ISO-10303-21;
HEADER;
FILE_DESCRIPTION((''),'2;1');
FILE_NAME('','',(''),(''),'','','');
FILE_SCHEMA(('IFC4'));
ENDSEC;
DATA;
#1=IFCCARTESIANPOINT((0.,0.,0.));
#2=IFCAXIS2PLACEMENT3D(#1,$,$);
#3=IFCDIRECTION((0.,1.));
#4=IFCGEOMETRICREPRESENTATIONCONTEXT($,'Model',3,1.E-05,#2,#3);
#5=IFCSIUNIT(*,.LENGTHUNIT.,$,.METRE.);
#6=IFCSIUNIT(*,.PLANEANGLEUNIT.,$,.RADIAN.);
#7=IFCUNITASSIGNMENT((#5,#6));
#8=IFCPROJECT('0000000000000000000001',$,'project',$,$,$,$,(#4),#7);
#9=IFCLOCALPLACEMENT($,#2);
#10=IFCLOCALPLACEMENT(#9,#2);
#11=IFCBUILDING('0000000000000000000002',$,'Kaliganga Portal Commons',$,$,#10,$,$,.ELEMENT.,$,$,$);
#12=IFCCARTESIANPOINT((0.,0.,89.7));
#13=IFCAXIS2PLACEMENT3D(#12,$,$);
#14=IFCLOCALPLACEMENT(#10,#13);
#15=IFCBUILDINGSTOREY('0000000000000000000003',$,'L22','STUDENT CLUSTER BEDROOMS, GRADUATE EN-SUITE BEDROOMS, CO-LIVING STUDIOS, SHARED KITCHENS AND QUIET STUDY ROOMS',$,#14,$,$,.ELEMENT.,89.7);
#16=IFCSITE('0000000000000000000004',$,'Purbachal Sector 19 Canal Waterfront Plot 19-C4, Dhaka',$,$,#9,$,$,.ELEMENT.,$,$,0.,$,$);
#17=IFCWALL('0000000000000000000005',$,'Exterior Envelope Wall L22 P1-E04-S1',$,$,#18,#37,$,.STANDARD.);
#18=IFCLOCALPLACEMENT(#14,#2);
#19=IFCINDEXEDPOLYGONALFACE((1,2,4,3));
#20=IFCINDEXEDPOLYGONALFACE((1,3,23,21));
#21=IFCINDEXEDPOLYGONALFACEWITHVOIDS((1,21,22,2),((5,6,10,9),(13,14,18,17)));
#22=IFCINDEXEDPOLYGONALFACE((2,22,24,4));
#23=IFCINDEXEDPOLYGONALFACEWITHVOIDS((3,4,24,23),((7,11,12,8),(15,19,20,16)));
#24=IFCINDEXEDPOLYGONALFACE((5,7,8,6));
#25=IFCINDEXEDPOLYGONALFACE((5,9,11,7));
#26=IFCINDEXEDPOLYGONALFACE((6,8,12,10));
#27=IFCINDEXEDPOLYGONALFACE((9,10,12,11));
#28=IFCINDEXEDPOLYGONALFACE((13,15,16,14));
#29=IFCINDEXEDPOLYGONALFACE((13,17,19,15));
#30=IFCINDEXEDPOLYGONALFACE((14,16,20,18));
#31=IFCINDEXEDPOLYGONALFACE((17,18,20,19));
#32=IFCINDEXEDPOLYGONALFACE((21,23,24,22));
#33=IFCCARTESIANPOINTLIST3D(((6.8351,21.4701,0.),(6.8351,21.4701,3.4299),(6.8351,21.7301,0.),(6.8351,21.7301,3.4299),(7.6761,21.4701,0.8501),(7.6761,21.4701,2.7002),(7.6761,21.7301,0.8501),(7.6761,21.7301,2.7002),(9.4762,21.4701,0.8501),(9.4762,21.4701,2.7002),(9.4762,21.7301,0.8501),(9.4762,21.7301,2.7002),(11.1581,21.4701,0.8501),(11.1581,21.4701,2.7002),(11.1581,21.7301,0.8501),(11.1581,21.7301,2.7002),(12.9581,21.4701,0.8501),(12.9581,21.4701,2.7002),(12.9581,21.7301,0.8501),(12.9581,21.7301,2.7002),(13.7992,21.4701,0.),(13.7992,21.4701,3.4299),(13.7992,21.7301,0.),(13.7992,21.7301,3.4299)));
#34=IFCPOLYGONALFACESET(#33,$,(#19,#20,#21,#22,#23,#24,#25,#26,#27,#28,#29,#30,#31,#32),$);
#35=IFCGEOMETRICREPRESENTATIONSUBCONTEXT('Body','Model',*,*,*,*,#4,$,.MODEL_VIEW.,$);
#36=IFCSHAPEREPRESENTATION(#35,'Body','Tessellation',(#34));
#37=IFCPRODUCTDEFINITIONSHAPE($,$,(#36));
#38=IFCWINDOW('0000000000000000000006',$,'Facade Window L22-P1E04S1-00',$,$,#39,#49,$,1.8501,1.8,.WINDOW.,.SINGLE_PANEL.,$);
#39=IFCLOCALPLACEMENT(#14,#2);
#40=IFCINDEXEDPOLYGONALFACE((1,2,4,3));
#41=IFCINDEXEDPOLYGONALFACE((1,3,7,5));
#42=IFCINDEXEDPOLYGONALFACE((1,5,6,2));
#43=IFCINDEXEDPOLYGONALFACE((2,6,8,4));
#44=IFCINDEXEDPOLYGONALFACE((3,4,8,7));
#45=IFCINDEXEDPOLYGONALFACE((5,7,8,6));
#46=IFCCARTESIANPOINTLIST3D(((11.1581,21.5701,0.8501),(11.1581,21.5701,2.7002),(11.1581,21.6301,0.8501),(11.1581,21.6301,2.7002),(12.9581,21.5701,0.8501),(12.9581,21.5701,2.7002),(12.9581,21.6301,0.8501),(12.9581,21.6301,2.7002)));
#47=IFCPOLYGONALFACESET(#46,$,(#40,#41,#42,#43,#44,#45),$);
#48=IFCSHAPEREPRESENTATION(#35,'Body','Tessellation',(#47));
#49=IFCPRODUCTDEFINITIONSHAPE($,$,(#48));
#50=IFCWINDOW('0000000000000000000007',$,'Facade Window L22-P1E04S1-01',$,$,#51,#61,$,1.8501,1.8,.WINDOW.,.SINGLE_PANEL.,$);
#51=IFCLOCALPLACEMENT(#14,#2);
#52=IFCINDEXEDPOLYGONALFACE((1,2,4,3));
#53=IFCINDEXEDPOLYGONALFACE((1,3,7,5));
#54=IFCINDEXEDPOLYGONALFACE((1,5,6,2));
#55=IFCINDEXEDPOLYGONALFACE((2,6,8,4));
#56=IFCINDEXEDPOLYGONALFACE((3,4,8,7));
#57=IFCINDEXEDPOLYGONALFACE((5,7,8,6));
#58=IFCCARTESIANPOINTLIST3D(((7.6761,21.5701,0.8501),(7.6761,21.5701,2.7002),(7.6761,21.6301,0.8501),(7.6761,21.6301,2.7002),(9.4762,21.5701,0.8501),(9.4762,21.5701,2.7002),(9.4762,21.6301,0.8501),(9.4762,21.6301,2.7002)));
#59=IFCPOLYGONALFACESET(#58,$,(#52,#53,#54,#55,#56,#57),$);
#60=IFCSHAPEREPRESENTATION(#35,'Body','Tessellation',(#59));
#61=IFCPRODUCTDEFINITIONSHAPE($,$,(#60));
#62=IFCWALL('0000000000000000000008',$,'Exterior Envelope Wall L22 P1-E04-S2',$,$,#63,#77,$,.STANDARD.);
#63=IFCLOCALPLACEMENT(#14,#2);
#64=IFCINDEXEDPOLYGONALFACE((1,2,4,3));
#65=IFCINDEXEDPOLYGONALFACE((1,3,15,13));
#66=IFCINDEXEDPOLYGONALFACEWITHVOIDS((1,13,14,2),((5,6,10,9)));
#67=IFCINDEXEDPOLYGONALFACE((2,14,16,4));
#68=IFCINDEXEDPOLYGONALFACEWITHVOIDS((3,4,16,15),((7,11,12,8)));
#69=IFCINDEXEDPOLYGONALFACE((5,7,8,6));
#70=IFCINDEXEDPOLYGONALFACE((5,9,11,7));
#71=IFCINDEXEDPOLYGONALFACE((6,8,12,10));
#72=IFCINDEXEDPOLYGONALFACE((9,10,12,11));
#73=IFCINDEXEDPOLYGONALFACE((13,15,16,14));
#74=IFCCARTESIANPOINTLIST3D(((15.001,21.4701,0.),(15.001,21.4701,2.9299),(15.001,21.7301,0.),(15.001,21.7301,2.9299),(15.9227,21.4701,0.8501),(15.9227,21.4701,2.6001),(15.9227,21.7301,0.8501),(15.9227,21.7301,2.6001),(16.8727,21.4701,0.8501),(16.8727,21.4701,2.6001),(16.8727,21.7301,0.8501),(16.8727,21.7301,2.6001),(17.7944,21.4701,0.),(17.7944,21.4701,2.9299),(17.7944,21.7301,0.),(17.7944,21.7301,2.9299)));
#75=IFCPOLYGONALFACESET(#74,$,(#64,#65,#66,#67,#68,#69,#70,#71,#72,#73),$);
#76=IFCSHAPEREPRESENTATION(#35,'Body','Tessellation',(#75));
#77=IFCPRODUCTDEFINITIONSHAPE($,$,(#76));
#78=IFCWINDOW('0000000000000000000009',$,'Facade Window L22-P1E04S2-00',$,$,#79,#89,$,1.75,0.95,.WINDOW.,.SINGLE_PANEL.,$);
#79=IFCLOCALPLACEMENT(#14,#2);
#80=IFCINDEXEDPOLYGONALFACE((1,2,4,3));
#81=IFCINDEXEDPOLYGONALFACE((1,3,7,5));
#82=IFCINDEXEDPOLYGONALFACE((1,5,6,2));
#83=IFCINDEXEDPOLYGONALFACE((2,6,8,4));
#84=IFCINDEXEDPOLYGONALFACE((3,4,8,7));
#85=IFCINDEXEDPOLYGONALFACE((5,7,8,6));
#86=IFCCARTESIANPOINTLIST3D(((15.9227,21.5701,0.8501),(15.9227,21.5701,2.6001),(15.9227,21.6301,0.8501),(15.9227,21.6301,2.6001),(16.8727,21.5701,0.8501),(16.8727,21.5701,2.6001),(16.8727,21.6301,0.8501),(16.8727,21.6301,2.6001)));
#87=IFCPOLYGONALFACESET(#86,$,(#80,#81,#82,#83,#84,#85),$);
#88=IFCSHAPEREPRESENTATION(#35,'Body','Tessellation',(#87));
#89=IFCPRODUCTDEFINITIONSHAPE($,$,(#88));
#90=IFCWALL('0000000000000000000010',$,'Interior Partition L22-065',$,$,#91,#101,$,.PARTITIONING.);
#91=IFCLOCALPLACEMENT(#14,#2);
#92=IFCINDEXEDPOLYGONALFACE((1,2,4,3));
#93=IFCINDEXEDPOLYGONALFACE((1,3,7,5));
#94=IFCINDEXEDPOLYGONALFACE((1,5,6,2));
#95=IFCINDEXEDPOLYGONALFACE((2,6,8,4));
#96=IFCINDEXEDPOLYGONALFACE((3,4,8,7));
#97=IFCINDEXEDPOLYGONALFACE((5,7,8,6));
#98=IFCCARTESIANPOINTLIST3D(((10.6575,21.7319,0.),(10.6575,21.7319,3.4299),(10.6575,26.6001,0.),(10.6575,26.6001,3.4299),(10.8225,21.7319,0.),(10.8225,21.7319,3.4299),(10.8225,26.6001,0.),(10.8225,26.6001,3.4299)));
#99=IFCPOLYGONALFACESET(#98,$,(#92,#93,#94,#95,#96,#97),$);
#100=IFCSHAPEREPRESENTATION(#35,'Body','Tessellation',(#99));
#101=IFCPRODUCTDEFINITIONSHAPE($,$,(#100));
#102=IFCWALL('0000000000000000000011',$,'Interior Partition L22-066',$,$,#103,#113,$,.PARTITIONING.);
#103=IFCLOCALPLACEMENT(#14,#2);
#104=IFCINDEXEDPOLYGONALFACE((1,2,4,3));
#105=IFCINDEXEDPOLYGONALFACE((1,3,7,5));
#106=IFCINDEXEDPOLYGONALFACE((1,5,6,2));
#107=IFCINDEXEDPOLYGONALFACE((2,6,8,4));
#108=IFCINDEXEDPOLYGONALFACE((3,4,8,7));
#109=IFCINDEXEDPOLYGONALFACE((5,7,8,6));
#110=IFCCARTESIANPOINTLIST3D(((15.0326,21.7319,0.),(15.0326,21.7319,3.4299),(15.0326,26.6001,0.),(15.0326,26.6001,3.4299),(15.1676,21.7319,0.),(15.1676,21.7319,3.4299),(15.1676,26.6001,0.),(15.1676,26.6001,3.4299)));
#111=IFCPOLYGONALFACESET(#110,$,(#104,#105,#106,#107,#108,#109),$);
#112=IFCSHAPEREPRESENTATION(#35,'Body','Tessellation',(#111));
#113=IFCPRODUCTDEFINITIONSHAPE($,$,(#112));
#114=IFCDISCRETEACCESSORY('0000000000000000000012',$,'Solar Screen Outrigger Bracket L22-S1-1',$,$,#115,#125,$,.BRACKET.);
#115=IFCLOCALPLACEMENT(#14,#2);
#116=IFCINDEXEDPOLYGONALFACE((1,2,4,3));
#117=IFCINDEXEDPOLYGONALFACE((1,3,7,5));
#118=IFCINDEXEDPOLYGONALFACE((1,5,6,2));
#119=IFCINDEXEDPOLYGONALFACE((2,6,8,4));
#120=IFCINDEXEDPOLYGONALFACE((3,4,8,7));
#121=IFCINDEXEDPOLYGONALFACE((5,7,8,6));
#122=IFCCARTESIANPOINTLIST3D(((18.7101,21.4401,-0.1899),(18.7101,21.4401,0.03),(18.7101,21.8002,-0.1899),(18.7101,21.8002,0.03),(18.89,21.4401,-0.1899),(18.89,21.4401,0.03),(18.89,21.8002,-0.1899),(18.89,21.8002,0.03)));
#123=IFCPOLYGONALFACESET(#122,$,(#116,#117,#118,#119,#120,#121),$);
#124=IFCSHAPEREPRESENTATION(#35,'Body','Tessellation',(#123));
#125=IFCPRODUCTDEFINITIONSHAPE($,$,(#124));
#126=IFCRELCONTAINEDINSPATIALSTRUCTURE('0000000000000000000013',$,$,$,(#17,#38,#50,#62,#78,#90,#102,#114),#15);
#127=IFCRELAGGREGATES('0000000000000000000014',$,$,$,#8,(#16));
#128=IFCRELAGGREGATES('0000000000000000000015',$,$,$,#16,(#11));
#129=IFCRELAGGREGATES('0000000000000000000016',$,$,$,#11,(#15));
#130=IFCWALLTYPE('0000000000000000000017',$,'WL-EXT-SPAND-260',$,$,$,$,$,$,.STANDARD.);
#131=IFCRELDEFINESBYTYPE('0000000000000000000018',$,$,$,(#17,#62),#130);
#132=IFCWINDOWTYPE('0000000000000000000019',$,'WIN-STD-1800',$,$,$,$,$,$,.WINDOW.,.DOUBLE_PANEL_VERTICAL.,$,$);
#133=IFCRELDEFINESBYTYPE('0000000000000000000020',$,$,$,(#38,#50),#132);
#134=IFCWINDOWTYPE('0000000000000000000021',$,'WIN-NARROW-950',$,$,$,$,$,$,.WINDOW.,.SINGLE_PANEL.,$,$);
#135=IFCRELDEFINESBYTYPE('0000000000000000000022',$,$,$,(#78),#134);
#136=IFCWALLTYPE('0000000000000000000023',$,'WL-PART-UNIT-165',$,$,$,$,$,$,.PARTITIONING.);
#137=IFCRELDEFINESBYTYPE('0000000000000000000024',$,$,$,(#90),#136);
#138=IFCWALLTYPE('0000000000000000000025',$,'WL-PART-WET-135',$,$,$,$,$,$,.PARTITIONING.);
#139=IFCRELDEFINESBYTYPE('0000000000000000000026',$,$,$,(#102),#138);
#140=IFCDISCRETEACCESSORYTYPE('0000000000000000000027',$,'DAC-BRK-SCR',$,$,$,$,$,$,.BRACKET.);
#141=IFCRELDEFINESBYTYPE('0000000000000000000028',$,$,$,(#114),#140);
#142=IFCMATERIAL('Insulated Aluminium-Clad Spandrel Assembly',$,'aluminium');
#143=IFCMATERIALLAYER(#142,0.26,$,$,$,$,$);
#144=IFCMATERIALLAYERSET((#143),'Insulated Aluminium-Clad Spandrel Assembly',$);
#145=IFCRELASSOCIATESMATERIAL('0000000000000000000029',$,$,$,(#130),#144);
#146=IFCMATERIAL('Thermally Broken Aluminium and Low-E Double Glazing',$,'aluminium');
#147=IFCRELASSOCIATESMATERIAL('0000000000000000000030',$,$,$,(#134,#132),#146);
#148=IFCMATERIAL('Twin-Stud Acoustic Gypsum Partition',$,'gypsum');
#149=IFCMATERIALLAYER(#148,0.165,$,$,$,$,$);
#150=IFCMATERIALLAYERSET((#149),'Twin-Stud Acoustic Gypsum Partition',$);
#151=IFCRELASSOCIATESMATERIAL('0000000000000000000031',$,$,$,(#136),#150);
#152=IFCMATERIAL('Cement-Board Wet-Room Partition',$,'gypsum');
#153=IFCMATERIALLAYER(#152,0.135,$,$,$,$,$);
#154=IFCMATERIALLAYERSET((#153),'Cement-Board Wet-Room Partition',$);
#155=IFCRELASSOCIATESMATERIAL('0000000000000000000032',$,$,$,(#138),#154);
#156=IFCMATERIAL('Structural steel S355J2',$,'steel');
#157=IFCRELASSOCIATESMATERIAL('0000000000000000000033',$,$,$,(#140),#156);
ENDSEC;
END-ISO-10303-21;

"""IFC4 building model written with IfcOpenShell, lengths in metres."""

from ifc_helpers import new_model, si_unit, direction, frame, frame_2d, origin, origin_2d, place, context, subcontext, project, spatial, rectangle, extrude, source, transform, mapped, material, layer, layer_set, type_object, element, fill, save


model = new_model("IFC4")

# Units and contexts
model_context = context("Model", 3, precision=1e-05, world=origin(), true_north=direction((0.0, 1.0)))
body_context = subcontext(model_context, "Body", "Model", "MODEL_VIEW")
ifc_project = project(units=[si_unit("LENGTHUNIT", "METRE"), si_unit("PLANEANGLEUNIT", "RADIAN")], contexts=[model_context])

# Site, building, storey
site_placement = place(None, origin())
site = spatial("IfcSite", under=ifc_project, at=site_placement, Name="Purbachal Sector 19 Canal Waterfront Plot 19-C4, Dhaka", CompositionType="ELEMENT", RefElevation=0.0)
building_placement = place(site_placement, origin())
building = spatial("IfcBuilding", under=site, at=building_placement, Name="Kaliganga Portal Commons", CompositionType="ELEMENT")
storey_placement = place(building_placement, frame((0.0, 0.0, 89.7)))
storey = spatial("IfcBuildingStorey", under=building, at=storey_placement, Name="L22", Description="STUDENT CLUSTER BEDROOMS, GRADUATE EN-SUITE BEDROOMS, CO-LIVING STUDIOS, SHARED KITCHENS AND QUIET STUDY ROOMS", CompositionType="ELEMENT", Elevation=89.7)

# Shared definitions
ifc_material_1 = material(Name="Structural steel S355J2", Category="steel")

# Wall, openings, windows
ifc_material_2 = material(Name="Insulated Aluminium-Clad Spandrel Assembly", Category="aluminium")
ifc_layer_1 = layer(ifc_material_2, 0.26)
ifc_layer_set_1 = layer_set([ifc_layer_1], Name="Insulated Aluminium-Clad Spandrel Assembly")
wall_type_1 = type_object("IfcWallType", Name="WL-EXT-SPAND-260", PredefinedType="STANDARD", material=ifc_layer_set_1)
ifc_material_3 = material(Name="Thermally Broken Aluminium and Low-E Double Glazing", Category="aluminium")
window_type_1 = type_object("IfcWindowType", Name="WIN-NARROW-950", PartitioningType="SINGLE_PANEL", PredefinedType="WINDOW", material=ifc_material_3)
window_type_2 = type_object("IfcWindowType", Name="WIN-STD-1800", PartitioningType="DOUBLE_PANEL_VERTICAL", PredefinedType="WINDOW", material=ifc_material_3)
wall_1_placement = place(storey_placement, frame((13.7991, 21.6001, 0.0), z_axis=(0.0, 0.0, 1.0), x_axis=(-1.0, 0.0, 0.0)))
wall_1 = element("IfcWall", 1, at=wall_1_placement, inside=storey, type_object=wall_type_1, Name="Exterior Envelope Wall L22 P1-E04-S1", PredefinedType="STANDARD", context=body_context, shape_type="SweptSolid", body=[
    extrude(rectangle(XDim=6.9641, YDim=0.26, at=frame_2d((3.4819, 0.0))), origin(), (0.0, 0.0, 1.0), 3.4299),
])
opening_1_placement = place(wall_1_placement, frame((0.8411, 0.0, 0.8501)))
opening_1 = element("IfcOpeningElement", 2, at=opening_1_placement, cuts=wall_1, PredefinedType="OPENING", context=body_context, shape_type="SweptSolid", body=[
    extrude(rectangle(XDim=1.8, YDim=1.8501, at=frame_2d((0.8999, 0.925))), frame((0.0, 0.1401, 0.0), z_axis=(0.0, -1.0, 0.0), x_axis=(1.0, 0.0, 0.0)), (0.0, 0.0, 1.0), 0.28),
])
opening_2_placement = place(wall_1_placement, frame((4.323, 0.0, 0.8501)))
opening_2 = element("IfcOpeningElement", 3, at=opening_2_placement, cuts=wall_1, PredefinedType="OPENING", context=body_context, shape_type="SweptSolid", body=[
    extrude(rectangle(XDim=1.8, YDim=1.8501, at=frame_2d((0.8999, 0.925))), frame((0.0, 0.1401, 0.0), z_axis=(0.0, -1.0, 0.0), x_axis=(1.0, 0.0, 0.0)), (0.0, 0.0, 1.0), 0.28),
])
window_1_placement = place(opening_1_placement, origin())
window_1 = element("IfcWindow", 4, at=window_1_placement, inside=storey, type_object=window_type_2, Name="Facade Window L22-P1E04S1-00", OverallHeight=1.8501, OverallWidth=1.8, PartitioningType="SINGLE_PANEL", PredefinedType="WINDOW", context=body_context, shape_type="SweptSolid", body=[
    extrude(rectangle(XDim=1.8, YDim=1.8501, at=frame_2d((0.8999, 0.925))), frame((0.0, 0.03, 0.0), z_axis=(0.0, -1.0, 0.0), x_axis=(1.0, 0.0, 0.0)), (0.0, 0.0, 1.0), 0.0601),
])
fill(opening_1, window_1)
window_2_placement = place(opening_2_placement, origin())
window_2 = element("IfcWindow", 5, at=window_2_placement, inside=storey, type_object=window_type_2, Name="Facade Window L22-P1E04S1-01", OverallHeight=1.8501, OverallWidth=1.8, PartitioningType="SINGLE_PANEL", PredefinedType="WINDOW", context=body_context, shape_type="SweptSolid", body=[
    extrude(rectangle(XDim=1.8, YDim=1.8501, at=frame_2d((0.8999, 0.925))), frame((0.0, 0.03, 0.0), z_axis=(0.0, -1.0, 0.0), x_axis=(1.0, 0.0, 0.0)), (0.0, 0.0, 1.0), 0.0601),
])
fill(opening_2, window_2)

# Wall, opening, window
wall_2_placement = place(storey_placement, frame((17.7944, 21.6001, 0.0), z_axis=(0.0, 0.0, 1.0), x_axis=(-1.0, 0.0, 0.0)))
wall_2 = element("IfcWall", 6, at=wall_2_placement, inside=storey, type_object=wall_type_1, Name="Exterior Envelope Wall L22 P1-E04-S2", PredefinedType="STANDARD", context=body_context, shape_type="SweptSolid", body=[
    extrude(rectangle(XDim=2.7935, YDim=0.26, at=frame_2d((1.3967, 0.0))), origin(), (0.0, 0.0, 1.0), 2.9299),
])
opening_3_placement = place(wall_2_placement, frame((0.9216, 0.0, 0.8501)))
opening_3 = element("IfcOpeningElement", 7, at=opening_3_placement, cuts=wall_2, PredefinedType="OPENING", context=body_context, shape_type="SweptSolid", body=[
    extrude(rectangle(XDim=0.95, YDim=1.75, at=frame_2d((0.4751, 0.875))), frame((0.0, 0.1401, 0.0), z_axis=(0.0, -1.0, 0.0), x_axis=(1.0, 0.0, 0.0)), (0.0, 0.0, 1.0), 0.28),
])
window_3_placement = place(opening_3_placement, origin())
window_3 = element("IfcWindow", 8, at=window_3_placement, inside=storey, type_object=window_type_1, Name="Facade Window L22-P1E04S2-00", OverallHeight=1.75, OverallWidth=0.95, PartitioningType="SINGLE_PANEL", PredefinedType="WINDOW", context=body_context, shape_type="SweptSolid", body=[
    extrude(rectangle(XDim=0.95, YDim=1.75, at=frame_2d((0.4751, 0.875))), frame((0.0, 0.03, 0.0), z_axis=(0.0, -1.0, 0.0), x_axis=(1.0, 0.0, 0.0)), (0.0, 0.0, 1.0), 0.0601),
])
fill(opening_3, window_3)

# Walls
ifc_material_4 = material(Name="Twin-Stud Acoustic Gypsum Partition", Category="gypsum")
ifc_layer_2 = layer(ifc_material_4, 0.165)
ifc_layer_set_2 = layer_set([ifc_layer_2], Name="Twin-Stud Acoustic Gypsum Partition")
wall_type_2 = type_object("IfcWallType", Name="WL-PART-UNIT-165", PredefinedType="PARTITIONING", material=ifc_layer_set_2)
wall_3_placement = place(storey_placement, frame((10.74, 21.7319, 0.0), z_axis=(0.0, 0.0, 1.0), x_axis=(0.0, 1.0, 0.0)))
element("IfcWall", 9, at=wall_3_placement, inside=storey, type_object=wall_type_2, Name="Interior Partition L22-065", PredefinedType="PARTITIONING", context=body_context, shape_type="SweptSolid", body=[
    extrude(rectangle(XDim=4.8682, YDim=0.165, at=frame_2d((2.4341, 0.0))), origin(), (0.0, 0.0, 1.0), 3.4299),
])
ifc_material_5 = material(Name="Cement-Board Wet-Room Partition", Category="gypsum")
ifc_layer_3 = layer(ifc_material_5, 0.135)
ifc_layer_set_3 = layer_set([ifc_layer_3], Name="Cement-Board Wet-Room Partition")
wall_type_3 = type_object("IfcWallType", Name="WL-PART-WET-135", PredefinedType="PARTITIONING", material=ifc_layer_set_3)
wall_4_placement = place(storey_placement, frame((15.1001, 21.7319, 0.0), z_axis=(0.0, 0.0, 1.0), x_axis=(0.0, 1.0, 0.0)))
element("IfcWall", 10, at=wall_4_placement, inside=storey, type_object=wall_type_3, Name="Interior Partition L22-066", PredefinedType="PARTITIONING", context=body_context, shape_type="SweptSolid", body=[
    extrude(rectangle(XDim=4.8682, YDim=0.135, at=frame_2d((2.4341, 0.0))), origin(), (0.0, 0.0, 1.0), 3.4299),
])

# Discrete accessory
discrete_accessory_type = type_object("IfcDiscreteAccessoryType", Name="DAC-BRK-SCR", PredefinedType="BRACKET", material=ifc_material_1)
shared_shape_1 = source(origin(), body_context, "Body", "SweptSolid", [
    extrude(rectangle(XDim=0.1799, YDim=0.3601, at=origin_2d()), origin(), (0.0, 0.0, 1.0), 0.22),
])
discrete_accessory_placement = place(storey_placement, frame((18.8, 21.6201, -0.1899), z_axis=(0.0, 0.0, 1.0), x_axis=(1.0, 0.0, 0.0)))
element("IfcDiscreteAccessory", 11, at=discrete_accessory_placement, inside=storey, type_object=discrete_accessory_type, Name="Solar Screen Outrigger Bracket L22-S1-1", PredefinedType="BRACKET", context=body_context, shape_type="MappedRepresentation", body=[
    mapped(shared_shape_1, transform((0.0, 0.0, 0.0), x_axis=(1.0, 0.0, 0.0), y_axis=(0.0, 1.0, 0.0), z_axis=(0.0, 0.0, 1.0), scale=1.0)),
])

save(model, "model.ifc")
